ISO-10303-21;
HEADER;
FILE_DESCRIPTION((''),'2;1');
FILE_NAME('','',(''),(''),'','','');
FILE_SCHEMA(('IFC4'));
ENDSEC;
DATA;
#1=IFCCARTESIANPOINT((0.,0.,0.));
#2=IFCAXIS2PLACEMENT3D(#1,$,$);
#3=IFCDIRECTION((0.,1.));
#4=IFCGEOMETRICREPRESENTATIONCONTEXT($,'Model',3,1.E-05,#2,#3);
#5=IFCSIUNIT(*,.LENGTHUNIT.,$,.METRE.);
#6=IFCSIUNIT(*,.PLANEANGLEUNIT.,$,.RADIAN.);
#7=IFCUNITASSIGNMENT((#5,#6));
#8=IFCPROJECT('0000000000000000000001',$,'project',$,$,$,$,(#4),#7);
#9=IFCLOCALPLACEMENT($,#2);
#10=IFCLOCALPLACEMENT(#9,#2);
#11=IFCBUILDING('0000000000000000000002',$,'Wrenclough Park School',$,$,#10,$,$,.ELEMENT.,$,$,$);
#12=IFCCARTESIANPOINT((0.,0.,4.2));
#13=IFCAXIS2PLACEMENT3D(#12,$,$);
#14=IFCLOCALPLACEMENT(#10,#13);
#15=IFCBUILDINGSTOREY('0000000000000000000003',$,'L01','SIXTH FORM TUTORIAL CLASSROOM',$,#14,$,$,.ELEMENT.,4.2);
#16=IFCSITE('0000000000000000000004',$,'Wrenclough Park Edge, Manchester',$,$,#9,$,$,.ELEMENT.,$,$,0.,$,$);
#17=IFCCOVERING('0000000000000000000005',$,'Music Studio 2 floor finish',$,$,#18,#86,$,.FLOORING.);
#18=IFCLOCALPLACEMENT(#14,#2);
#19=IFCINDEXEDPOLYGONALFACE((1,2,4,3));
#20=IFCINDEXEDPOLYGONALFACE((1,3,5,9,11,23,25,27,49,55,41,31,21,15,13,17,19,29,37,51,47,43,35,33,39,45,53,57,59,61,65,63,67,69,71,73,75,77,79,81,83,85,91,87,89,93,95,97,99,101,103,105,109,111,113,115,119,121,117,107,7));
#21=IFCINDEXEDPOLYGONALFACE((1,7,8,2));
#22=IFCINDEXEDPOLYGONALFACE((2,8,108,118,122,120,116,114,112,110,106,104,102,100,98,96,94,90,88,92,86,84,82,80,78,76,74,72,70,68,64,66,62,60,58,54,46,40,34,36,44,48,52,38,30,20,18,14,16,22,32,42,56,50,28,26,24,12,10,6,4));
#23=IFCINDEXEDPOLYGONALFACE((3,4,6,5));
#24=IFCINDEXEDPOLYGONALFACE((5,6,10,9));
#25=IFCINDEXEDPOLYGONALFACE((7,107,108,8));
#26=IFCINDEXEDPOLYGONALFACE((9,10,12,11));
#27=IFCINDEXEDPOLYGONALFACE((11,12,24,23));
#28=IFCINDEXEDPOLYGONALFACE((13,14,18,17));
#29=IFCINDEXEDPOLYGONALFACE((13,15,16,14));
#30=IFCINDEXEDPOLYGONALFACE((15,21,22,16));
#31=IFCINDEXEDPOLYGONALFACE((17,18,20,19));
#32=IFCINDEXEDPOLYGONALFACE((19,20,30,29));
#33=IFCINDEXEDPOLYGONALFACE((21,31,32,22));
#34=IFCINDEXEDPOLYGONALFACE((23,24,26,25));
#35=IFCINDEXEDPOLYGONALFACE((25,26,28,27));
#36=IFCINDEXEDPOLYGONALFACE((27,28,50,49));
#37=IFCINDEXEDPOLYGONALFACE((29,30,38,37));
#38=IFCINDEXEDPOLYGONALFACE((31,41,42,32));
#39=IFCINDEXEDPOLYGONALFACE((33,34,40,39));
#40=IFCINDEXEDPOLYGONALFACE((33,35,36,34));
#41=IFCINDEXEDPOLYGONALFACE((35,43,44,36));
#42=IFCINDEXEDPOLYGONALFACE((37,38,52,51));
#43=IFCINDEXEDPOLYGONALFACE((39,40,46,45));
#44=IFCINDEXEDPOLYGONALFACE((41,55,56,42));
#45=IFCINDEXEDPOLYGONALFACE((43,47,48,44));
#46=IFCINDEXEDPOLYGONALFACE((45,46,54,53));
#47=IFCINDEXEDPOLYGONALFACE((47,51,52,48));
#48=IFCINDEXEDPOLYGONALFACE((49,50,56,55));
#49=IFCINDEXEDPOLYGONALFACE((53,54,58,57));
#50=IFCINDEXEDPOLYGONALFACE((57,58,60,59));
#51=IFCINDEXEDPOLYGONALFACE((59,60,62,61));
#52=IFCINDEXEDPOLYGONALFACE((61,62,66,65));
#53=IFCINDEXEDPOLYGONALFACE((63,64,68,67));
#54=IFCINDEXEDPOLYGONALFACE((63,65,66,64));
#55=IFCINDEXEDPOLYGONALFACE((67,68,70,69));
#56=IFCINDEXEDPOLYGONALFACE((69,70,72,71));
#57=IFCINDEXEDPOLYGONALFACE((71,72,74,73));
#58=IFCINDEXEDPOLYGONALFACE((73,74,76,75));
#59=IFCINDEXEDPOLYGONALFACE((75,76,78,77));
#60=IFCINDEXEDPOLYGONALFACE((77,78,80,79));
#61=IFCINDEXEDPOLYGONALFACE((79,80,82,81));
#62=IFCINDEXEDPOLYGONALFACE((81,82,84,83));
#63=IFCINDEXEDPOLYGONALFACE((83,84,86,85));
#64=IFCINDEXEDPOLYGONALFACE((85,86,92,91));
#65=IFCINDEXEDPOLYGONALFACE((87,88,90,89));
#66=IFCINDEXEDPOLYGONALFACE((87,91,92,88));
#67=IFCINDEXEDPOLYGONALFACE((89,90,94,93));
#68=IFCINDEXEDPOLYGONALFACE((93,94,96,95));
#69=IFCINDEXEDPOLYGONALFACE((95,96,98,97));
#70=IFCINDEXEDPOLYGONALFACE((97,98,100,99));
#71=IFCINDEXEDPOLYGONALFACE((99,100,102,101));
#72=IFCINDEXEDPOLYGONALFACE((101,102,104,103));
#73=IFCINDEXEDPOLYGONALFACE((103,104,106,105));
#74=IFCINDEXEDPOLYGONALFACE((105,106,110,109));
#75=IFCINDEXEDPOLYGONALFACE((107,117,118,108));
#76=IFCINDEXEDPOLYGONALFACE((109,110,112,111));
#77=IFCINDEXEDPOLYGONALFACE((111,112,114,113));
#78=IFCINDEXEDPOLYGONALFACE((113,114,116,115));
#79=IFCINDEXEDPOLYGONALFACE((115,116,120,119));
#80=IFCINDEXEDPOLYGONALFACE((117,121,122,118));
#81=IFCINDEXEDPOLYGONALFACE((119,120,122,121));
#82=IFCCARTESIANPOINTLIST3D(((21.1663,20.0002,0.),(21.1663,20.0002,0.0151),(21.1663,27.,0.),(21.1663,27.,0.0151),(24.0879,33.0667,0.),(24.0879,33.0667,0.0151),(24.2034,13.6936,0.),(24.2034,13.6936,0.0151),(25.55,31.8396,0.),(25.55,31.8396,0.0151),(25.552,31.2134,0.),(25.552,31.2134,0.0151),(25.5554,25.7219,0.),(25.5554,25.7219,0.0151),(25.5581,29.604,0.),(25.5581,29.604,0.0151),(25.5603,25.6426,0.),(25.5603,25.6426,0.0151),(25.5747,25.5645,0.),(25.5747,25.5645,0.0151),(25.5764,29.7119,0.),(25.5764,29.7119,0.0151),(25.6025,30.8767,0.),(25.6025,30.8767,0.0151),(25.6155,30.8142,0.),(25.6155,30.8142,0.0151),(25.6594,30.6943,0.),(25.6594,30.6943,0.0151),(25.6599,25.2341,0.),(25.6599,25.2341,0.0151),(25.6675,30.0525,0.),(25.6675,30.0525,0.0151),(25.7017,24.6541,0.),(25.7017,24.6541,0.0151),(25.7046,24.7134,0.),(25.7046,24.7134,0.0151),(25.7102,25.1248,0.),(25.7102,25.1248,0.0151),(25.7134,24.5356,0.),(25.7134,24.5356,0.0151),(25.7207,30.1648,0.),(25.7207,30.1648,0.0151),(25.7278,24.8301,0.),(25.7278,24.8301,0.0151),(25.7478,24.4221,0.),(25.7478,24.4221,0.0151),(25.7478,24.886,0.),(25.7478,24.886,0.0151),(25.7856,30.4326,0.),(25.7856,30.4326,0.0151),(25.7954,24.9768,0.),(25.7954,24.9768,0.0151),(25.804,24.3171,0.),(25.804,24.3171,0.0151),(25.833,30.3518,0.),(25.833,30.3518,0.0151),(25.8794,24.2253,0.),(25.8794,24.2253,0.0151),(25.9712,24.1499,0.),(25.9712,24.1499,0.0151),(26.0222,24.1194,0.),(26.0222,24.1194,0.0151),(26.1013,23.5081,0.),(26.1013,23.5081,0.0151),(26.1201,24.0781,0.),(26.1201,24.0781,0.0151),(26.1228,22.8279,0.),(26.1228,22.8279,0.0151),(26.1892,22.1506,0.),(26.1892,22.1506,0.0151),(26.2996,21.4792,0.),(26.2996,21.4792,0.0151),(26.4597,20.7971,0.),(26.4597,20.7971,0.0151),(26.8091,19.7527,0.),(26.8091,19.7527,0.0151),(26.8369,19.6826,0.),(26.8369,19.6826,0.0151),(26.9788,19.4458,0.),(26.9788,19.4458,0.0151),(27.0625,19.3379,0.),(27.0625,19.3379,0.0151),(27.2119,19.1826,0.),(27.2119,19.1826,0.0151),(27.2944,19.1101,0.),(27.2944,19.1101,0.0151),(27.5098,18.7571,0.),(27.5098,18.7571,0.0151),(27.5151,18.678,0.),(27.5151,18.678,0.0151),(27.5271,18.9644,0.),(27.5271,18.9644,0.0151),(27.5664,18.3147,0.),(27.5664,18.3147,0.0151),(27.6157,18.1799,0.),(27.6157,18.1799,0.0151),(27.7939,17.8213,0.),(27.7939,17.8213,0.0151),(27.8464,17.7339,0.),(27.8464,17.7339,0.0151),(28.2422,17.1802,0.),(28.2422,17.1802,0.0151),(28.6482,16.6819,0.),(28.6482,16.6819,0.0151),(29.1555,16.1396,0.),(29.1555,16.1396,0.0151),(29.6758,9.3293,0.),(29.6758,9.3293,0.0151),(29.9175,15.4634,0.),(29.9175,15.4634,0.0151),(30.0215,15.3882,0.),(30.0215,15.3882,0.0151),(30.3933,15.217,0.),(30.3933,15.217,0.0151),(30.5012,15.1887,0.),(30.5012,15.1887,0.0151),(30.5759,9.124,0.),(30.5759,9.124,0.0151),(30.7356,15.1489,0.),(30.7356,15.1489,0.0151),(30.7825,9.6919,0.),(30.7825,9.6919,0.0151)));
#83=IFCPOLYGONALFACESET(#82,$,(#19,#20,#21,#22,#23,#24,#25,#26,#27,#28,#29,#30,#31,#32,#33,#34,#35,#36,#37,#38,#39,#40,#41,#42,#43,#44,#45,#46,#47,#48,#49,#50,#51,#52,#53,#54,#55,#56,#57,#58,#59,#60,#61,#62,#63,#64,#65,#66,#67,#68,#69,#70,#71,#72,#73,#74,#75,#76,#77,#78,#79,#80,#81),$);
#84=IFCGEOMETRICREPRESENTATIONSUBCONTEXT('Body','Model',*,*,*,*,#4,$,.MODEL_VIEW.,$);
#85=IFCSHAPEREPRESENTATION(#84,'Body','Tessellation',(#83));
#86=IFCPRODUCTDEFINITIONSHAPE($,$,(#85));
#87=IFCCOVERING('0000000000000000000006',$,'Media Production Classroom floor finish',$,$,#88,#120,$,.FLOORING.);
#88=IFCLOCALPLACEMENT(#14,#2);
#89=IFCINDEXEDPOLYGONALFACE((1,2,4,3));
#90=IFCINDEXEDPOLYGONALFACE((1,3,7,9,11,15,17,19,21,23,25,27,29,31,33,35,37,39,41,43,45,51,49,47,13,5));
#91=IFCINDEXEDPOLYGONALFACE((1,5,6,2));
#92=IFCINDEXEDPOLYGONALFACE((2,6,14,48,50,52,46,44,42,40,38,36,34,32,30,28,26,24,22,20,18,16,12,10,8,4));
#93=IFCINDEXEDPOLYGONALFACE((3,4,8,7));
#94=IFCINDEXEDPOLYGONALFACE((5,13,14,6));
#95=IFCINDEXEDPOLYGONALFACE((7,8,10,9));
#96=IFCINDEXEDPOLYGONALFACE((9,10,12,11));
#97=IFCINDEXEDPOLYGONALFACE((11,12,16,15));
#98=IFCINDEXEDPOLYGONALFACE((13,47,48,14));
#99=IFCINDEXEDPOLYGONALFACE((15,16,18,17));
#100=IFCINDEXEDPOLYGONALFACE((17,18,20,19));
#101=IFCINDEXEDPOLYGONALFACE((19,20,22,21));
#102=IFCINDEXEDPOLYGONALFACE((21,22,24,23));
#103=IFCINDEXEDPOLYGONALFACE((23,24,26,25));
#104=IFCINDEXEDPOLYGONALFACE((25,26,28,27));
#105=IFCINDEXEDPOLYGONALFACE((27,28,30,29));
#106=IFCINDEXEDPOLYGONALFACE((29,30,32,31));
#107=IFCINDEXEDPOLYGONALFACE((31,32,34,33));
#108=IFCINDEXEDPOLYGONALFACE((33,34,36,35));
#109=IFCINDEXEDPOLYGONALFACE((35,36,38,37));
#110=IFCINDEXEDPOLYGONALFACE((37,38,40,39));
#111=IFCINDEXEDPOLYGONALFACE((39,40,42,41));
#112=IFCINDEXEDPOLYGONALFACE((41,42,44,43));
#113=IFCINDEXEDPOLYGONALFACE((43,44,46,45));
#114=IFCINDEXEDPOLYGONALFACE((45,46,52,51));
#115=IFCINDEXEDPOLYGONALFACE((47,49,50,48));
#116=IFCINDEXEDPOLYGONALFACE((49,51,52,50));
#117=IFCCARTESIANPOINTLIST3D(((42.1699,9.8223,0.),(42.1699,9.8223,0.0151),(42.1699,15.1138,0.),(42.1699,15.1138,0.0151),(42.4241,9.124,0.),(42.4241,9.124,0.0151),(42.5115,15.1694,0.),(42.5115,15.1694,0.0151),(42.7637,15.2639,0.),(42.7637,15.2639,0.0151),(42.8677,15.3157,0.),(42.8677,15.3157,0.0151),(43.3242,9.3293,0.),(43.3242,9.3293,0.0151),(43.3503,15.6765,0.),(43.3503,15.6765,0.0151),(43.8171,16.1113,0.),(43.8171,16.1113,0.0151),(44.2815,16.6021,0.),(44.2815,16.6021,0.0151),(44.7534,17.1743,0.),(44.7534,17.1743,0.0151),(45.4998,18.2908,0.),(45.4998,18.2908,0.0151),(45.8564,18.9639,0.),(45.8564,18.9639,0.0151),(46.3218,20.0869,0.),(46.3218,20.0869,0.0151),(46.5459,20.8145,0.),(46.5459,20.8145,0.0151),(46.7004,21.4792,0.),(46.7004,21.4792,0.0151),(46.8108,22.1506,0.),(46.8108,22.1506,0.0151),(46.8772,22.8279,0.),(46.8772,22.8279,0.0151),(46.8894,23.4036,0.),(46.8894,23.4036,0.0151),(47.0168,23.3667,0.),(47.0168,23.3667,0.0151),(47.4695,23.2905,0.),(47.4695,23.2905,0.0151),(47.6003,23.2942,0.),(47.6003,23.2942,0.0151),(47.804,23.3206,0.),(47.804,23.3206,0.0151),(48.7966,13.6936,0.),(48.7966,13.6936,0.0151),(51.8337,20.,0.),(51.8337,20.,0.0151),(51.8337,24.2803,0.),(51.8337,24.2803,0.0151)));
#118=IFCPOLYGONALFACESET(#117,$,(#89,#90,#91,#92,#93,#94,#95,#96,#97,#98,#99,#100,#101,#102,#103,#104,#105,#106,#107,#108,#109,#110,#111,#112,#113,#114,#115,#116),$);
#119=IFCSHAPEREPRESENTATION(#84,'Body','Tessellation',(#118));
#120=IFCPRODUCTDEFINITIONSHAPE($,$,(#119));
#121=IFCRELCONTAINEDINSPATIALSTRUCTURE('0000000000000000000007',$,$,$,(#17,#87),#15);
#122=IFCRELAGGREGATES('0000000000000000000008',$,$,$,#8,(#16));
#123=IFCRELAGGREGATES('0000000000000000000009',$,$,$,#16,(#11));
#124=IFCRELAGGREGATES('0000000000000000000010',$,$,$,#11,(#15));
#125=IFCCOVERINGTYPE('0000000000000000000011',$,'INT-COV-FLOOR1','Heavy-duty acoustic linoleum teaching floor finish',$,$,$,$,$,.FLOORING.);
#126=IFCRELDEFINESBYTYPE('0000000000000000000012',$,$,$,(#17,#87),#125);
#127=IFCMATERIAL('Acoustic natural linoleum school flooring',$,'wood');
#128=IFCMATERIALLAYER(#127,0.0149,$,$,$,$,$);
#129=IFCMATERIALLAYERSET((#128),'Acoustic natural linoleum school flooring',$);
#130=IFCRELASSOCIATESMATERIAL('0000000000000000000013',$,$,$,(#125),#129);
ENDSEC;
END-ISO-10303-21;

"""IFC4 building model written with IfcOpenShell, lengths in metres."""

from ifc_helpers import new_model, si_unit, direction, frame, origin, place, context, subcontext, project, spatial, polyline, outline, extrude, material, layer, layer_set, type_object, element, save


model = new_model("IFC4")

# Units and contexts
model_context = context("Model", 3, precision=1e-05, world=origin(), true_north=direction((0.0, 1.0)))
body_context = subcontext(model_context, "Body", "Model", "MODEL_VIEW")
ifc_project = project(units=[si_unit("LENGTHUNIT", "METRE"), si_unit("PLANEANGLEUNIT", "RADIAN")], contexts=[model_context])

# Site, building, storey
site_placement = place(None, origin())
site = spatial("IfcSite", under=ifc_project, at=site_placement, Name="Wrenclough Park Edge, Manchester", CompositionType="ELEMENT", RefElevation=0.0)
building_placement = place(site_placement, origin())
building = spatial("IfcBuilding", under=site, at=building_placement, Name="Wrenclough Park School", CompositionType="ELEMENT")
storey_placement = place(building_placement, frame((0.0, 0.0, 4.2)))
storey = spatial("IfcBuildingStorey", under=building, at=storey_placement, Name="L01", Description="SIXTH FORM TUTORIAL CLASSROOM", CompositionType="ELEMENT", Elevation=4.2)

# Coverings
ifc_material_1 = material(Name="Acoustic natural linoleum school flooring", Category="wood")
ifc_layer_1 = layer(ifc_material_1, 0.0149)
ifc_layer_set_1 = layer_set([ifc_layer_1], Name="Acoustic natural linoleum school flooring")
covering_type_1 = type_object("IfcCoveringType", Name="INT-COV-FLOOR1", Description="Heavy-duty acoustic linoleum teaching floor finish", PredefinedType="FLOORING", material=ifc_layer_set_1)
covering_1_placement = place(storey_placement, origin())
element("IfcCovering", 1, at=covering_1_placement, inside=storey, type_object=covering_type_1, Name="Music Studio 2 floor finish", PredefinedType="FLOORING", context=body_context, shape_type="SweptSolid", body=[
    extrude(outline(polyline([(25.55, 31.8396), (24.0879, 33.0667), (21.1663, 27.0), (21.1663, 20.0002), (24.2034, 13.6936), (29.6758, 9.3293), (30.5759, 9.124), (30.7825, 9.6919), (30.7356, 15.1489), (30.5012, 15.1887), (30.3933, 15.217), (30.0215, 15.3882), (29.9175, 15.4634), (29.1555, 16.1396), (28.6482, 16.6819), (28.2422, 17.1802), (27.8464, 17.7339), (27.7939, 17.8213), (27.6157, 18.1799), (27.5664, 18.3147), (27.5151, 18.678), (27.5098, 18.7571), (27.5271, 18.9644), (27.2944, 19.1101), (27.2119, 19.1826), (27.0625, 19.3379), (26.9788, 19.4458), (26.8369, 19.6826), (26.8091, 19.7527), (26.4597, 20.7971), (26.2996, 21.4792), (26.1892, 22.1506), (26.1228, 22.8279), (26.1013, 23.5081), (26.1201, 24.0781), (26.0222, 24.1194), (25.9712, 24.1499), (25.8794, 24.2253), (25.804, 24.3171), (25.7478, 24.4221), (25.7134, 24.5356), (25.7017, 24.6541), (25.7046, 24.7134), (25.7278, 24.8301), (25.7478, 24.886), (25.7954, 24.9768), (25.7102, 25.1248), (25.6599, 25.2341), (25.5747, 25.5645), (25.5603, 25.6426), (25.5554, 25.7219), (25.5581, 29.604), (25.5764, 29.7119), (25.6675, 30.0525), (25.7207, 30.1648), (25.833, 30.3518), (25.7856, 30.4326), (25.6594, 30.6943), (25.6155, 30.8142), (25.6025, 30.8767), (25.552, 31.2134), (25.55, 31.8396)])), origin(), (0.0, 0.0, 1.0), 0.0151),
])
covering_2_placement = place(storey_placement, origin())
element("IfcCovering", 2, at=covering_2_placement, inside=storey, type_object=covering_type_1, Name="Media Production Classroom floor finish", PredefinedType="FLOORING", context=body_context, shape_type="SweptSolid", body=[
    extrude(outline(polyline([(42.1699, 15.1138), (42.1699, 9.8223), (42.4241, 9.124), (43.3242, 9.3293), (48.7966, 13.6936), (51.8337, 20.0), (51.8337, 24.2803), (47.804, 23.3206), (47.6003, 23.2942), (47.4695, 23.2905), (47.0168, 23.3667), (46.8894, 23.4036), (46.8772, 22.8279), (46.8108, 22.1506), (46.7004, 21.4792), (46.5459, 20.8145), (46.3218, 20.0869), (45.8564, 18.9639), (45.4998, 18.2908), (44.7534, 17.1743), (44.2815, 16.6021), (43.8171, 16.1113), (43.3503, 15.6765), (42.8677, 15.3157), (42.7637, 15.2639), (42.5115, 15.1694), (42.1699, 15.1138)])), origin(), (0.0, 0.0, 1.0), 0.0151),
])

save(model, "model.ifc")
